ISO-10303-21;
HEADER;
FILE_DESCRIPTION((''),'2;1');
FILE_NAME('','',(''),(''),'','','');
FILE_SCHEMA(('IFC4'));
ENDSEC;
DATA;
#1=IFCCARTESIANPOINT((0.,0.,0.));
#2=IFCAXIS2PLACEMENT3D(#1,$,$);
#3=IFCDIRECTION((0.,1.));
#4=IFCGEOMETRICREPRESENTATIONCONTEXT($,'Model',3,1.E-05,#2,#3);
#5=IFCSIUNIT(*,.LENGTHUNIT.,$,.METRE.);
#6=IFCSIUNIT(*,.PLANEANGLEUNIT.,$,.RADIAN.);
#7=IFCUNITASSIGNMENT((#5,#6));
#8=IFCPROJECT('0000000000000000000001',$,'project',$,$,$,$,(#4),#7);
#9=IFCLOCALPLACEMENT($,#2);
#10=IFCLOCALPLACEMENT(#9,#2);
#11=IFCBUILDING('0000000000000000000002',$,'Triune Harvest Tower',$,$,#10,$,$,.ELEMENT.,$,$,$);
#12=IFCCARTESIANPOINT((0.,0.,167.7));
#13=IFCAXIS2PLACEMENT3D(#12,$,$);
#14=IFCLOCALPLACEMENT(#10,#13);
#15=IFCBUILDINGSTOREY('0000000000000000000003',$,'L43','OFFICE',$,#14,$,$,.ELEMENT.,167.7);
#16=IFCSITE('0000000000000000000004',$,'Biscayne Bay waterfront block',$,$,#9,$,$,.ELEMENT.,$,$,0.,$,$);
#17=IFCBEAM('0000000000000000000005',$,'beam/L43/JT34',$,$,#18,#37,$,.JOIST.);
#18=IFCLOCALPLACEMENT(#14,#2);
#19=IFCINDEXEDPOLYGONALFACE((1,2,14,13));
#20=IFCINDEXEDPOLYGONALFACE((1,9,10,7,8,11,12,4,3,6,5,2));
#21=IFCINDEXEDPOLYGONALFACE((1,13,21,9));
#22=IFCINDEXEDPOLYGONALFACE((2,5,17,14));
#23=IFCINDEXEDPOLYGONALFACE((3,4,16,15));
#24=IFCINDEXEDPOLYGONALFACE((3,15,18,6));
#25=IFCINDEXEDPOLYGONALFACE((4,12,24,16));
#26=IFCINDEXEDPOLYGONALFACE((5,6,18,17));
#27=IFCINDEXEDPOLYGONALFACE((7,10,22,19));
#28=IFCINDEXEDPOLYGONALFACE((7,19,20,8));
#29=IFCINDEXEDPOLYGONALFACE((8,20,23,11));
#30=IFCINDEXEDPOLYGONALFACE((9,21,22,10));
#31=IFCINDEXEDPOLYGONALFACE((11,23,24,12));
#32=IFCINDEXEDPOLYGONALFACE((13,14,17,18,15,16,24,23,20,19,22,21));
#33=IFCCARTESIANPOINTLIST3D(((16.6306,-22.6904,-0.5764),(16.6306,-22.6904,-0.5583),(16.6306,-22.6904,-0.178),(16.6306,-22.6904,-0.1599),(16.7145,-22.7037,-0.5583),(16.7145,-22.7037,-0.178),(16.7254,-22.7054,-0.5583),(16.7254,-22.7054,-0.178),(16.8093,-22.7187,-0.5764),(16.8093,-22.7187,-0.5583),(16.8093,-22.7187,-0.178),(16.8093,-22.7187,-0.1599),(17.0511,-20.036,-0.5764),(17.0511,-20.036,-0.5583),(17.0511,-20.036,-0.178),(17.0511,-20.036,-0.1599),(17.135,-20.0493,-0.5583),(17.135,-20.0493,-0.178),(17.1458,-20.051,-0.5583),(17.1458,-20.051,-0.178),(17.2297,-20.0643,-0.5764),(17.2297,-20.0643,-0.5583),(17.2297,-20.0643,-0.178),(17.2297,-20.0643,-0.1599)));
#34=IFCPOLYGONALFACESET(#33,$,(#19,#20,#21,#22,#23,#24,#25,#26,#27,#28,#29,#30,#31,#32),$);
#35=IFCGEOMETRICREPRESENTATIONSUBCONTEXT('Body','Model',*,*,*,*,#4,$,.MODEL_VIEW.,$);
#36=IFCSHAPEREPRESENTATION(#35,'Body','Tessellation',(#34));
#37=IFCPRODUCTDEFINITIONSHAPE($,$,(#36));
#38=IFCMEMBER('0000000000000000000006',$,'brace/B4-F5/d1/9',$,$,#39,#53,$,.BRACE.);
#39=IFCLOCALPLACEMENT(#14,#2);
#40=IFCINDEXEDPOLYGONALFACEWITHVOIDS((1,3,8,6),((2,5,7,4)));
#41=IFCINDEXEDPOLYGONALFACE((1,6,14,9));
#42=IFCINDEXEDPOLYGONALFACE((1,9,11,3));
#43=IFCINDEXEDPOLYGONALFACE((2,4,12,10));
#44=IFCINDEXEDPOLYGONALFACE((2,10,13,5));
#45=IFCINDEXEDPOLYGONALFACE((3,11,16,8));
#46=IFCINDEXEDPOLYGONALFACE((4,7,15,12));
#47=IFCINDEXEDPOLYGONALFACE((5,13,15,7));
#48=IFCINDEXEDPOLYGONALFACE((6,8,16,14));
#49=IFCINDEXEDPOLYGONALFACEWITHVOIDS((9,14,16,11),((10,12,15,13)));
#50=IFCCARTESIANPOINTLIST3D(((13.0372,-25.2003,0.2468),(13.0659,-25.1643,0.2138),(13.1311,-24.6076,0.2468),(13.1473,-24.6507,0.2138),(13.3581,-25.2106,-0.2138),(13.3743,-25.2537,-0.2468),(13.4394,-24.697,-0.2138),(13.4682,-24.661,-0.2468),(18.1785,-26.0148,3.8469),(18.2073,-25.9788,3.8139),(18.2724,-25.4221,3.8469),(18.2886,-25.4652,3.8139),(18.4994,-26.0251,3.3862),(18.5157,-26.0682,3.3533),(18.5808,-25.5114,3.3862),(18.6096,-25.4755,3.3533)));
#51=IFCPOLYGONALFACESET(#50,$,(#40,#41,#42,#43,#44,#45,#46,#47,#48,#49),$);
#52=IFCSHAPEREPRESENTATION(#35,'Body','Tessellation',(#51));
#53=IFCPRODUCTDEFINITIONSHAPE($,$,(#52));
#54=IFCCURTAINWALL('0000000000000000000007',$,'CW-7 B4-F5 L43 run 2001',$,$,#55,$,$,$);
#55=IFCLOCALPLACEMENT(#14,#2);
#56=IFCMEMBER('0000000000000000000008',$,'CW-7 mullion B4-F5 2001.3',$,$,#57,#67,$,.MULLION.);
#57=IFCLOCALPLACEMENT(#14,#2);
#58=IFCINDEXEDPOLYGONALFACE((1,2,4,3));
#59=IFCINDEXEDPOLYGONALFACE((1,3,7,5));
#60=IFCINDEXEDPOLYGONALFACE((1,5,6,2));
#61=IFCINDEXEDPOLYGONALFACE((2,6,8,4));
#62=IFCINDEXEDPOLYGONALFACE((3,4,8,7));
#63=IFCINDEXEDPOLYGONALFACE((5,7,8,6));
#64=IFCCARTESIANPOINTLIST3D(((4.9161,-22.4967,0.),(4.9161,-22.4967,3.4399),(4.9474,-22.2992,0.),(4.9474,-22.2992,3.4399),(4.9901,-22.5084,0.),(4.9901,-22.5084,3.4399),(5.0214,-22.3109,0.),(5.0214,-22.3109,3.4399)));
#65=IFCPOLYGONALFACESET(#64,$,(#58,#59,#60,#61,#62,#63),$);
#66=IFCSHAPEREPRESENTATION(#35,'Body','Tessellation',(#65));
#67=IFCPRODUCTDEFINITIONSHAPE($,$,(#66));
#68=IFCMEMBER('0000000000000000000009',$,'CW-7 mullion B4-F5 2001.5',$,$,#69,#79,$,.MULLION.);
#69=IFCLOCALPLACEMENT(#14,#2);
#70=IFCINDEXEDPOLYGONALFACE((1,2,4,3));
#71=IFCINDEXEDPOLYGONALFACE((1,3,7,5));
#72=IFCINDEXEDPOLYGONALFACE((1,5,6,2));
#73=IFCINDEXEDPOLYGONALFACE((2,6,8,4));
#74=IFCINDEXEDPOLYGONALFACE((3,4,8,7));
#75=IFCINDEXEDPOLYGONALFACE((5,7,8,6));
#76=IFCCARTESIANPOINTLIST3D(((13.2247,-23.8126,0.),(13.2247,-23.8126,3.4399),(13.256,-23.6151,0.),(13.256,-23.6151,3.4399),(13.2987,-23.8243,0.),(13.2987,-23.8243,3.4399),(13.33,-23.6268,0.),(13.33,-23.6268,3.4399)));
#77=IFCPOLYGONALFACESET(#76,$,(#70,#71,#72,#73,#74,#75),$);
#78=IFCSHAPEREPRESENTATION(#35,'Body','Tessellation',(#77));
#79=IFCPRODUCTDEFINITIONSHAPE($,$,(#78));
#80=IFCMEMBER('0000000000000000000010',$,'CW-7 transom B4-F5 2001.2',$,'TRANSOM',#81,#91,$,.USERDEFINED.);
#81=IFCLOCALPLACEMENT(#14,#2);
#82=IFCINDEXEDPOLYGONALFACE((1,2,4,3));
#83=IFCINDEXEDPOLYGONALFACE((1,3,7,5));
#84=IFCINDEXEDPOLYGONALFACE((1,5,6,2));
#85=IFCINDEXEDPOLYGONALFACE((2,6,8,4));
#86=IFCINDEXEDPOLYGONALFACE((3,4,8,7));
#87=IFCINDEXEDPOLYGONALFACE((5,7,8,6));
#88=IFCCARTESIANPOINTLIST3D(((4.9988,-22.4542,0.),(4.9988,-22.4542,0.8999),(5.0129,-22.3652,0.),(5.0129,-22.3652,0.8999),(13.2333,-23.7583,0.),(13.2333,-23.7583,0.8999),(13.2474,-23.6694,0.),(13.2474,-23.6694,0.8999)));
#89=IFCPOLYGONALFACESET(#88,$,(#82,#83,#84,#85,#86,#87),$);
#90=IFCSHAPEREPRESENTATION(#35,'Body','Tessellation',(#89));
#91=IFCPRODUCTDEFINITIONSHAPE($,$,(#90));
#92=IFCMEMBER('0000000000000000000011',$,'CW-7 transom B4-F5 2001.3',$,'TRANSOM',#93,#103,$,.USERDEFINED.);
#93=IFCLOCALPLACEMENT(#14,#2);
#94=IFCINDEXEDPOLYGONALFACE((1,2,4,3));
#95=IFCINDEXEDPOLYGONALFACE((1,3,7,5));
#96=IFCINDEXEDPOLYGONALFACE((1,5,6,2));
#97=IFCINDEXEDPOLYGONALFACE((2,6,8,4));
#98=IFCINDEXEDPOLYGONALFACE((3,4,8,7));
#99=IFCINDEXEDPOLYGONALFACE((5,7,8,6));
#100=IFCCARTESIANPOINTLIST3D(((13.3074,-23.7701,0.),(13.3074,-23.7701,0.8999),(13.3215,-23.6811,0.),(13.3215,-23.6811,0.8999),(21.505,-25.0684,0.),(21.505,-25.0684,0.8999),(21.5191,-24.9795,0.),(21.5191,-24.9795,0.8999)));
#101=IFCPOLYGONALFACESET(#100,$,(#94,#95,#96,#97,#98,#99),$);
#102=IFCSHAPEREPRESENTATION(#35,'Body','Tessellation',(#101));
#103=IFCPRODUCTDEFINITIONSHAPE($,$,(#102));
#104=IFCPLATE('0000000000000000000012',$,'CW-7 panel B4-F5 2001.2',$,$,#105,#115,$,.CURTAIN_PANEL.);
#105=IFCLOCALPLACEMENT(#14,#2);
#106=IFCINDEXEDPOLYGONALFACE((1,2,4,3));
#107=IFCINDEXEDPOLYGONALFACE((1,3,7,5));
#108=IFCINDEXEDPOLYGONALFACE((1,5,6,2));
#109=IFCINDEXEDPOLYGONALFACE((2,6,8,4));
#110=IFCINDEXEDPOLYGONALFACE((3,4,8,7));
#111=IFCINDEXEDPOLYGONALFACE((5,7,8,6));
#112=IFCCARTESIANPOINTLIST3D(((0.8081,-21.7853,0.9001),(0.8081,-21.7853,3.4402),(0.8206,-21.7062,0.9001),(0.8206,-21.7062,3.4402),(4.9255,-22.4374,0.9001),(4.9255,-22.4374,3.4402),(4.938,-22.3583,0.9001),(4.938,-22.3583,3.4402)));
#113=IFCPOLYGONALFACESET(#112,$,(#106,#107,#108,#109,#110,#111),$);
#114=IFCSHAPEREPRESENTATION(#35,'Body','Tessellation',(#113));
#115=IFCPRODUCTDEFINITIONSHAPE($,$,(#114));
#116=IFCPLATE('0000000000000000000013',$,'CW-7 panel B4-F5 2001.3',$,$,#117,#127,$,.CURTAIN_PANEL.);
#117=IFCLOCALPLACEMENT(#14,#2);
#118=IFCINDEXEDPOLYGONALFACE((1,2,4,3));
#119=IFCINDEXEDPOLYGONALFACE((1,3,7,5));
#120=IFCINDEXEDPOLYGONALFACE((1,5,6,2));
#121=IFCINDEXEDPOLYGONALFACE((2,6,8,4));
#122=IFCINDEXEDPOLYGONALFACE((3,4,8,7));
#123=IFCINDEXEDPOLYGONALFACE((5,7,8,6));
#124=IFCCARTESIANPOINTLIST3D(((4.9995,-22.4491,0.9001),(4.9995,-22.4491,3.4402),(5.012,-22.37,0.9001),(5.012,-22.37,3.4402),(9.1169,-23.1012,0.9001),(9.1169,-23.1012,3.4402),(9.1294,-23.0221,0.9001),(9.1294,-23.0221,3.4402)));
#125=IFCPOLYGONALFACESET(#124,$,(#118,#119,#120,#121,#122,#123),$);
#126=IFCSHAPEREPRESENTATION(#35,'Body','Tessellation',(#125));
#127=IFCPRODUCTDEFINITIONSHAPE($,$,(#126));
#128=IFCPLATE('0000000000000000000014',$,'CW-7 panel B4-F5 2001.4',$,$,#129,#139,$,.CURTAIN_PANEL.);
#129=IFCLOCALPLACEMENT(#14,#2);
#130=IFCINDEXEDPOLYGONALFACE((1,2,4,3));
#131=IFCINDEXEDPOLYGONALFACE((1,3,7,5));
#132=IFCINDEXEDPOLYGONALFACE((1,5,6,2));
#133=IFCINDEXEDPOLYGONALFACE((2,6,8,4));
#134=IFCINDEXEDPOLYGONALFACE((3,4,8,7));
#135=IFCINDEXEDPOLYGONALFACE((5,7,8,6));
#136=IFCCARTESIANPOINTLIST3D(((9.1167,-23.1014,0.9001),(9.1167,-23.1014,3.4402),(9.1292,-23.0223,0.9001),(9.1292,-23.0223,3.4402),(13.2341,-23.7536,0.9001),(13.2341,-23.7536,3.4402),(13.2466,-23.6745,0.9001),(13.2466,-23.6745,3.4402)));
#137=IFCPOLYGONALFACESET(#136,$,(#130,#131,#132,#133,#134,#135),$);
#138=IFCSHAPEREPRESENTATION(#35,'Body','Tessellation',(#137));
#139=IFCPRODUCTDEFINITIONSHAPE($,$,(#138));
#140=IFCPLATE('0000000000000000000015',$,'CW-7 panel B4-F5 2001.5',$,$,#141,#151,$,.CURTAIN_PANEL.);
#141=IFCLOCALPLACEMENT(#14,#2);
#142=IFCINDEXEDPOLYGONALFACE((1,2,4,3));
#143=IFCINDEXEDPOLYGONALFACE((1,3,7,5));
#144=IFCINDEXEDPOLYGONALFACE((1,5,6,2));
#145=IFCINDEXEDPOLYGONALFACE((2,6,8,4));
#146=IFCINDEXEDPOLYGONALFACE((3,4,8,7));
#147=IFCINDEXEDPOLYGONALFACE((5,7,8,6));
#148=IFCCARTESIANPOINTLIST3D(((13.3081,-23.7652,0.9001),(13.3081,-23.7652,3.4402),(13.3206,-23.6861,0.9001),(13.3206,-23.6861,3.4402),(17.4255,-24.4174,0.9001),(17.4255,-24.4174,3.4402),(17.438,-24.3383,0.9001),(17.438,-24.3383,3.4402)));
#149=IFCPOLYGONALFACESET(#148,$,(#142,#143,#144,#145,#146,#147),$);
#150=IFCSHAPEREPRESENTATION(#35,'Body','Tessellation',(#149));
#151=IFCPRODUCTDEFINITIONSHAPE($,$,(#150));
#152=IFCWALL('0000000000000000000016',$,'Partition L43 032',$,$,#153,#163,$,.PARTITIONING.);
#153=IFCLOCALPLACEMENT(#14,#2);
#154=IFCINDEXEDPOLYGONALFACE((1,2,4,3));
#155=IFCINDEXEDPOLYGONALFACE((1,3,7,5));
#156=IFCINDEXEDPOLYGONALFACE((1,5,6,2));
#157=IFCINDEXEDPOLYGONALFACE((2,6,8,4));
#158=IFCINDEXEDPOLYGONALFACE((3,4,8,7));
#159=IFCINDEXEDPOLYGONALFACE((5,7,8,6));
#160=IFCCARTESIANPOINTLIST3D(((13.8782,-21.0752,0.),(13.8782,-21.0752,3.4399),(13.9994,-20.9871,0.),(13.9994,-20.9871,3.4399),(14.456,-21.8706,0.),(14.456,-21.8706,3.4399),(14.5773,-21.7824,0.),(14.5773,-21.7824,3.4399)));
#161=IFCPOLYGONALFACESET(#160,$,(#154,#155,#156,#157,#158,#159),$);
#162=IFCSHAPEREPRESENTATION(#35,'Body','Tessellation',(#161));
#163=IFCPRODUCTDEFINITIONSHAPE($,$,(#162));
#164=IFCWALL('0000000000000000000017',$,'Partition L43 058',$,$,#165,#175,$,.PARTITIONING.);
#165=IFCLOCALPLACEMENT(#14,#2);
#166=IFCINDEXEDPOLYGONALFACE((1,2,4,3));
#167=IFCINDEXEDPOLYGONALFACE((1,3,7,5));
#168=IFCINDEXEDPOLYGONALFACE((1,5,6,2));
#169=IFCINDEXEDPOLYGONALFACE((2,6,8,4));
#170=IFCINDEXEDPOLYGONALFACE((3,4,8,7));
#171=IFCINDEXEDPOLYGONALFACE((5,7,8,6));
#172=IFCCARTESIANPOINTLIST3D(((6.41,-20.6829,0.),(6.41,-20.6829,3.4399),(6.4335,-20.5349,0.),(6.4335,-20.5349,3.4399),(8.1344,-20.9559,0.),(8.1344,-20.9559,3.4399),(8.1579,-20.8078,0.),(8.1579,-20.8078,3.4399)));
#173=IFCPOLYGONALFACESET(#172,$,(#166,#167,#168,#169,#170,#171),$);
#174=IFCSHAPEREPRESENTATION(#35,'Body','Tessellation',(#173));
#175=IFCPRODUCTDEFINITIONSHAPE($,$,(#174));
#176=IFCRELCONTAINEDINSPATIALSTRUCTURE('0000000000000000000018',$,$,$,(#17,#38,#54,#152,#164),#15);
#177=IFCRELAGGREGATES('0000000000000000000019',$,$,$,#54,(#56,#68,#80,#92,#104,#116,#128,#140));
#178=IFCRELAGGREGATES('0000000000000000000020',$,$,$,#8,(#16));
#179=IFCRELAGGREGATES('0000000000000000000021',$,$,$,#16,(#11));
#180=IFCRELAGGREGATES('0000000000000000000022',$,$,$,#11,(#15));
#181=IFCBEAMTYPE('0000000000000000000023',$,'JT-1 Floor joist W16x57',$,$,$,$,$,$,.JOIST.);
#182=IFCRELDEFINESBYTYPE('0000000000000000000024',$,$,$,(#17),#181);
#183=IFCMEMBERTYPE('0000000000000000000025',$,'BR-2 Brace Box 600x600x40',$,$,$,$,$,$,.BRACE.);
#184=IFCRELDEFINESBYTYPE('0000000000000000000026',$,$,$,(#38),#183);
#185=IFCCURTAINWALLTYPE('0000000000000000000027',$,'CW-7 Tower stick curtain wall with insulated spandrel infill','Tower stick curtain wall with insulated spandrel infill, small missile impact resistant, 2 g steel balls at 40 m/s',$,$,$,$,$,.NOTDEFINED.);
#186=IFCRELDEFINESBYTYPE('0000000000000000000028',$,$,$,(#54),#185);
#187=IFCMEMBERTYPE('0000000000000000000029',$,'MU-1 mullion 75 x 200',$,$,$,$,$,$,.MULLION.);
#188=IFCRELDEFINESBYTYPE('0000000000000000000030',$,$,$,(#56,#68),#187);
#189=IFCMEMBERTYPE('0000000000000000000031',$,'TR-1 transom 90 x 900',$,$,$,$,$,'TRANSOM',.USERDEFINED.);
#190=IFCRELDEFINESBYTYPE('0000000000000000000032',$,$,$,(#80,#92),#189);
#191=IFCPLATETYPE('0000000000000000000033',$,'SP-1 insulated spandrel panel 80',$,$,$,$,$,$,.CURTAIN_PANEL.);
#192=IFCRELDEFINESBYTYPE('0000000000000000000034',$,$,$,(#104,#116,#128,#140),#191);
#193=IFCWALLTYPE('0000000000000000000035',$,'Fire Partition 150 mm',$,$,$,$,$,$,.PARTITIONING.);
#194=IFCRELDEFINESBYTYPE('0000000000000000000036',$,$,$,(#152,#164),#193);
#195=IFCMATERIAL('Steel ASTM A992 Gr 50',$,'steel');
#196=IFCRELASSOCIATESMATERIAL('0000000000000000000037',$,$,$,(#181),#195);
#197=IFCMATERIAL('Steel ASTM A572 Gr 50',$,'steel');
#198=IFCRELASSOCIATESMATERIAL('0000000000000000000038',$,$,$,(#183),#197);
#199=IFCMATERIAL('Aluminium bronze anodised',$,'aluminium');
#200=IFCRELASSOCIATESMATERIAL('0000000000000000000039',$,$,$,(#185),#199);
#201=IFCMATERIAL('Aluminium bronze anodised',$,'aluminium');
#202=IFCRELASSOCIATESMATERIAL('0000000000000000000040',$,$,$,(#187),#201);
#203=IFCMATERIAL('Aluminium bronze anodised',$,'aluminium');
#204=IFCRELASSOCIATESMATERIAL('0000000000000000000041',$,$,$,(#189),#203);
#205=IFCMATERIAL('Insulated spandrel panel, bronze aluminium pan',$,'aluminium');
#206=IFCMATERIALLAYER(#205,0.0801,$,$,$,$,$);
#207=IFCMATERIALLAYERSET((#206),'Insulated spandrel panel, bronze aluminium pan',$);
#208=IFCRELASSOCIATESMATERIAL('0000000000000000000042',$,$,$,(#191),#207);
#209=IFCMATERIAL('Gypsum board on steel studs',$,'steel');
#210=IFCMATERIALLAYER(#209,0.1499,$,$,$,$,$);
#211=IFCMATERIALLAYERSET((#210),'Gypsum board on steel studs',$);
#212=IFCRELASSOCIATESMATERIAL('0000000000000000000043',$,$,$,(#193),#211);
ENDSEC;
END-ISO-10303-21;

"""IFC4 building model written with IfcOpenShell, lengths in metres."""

from ifc_helpers import new_model, si_unit, direction, frame, frame_2d, origin, origin_2d, place, context, subcontext, project, spatial, rectangle, hollow_rectangle, i_section, extrude, source, transform, mapped, material, layer, layer_set, material_profile, profile_set, type_object, element, aggregate, save


model = new_model("IFC4")

# Units and contexts
model_context = context("Model", 3, precision=1e-05, world=origin(), true_north=direction((0.0, 1.0)))
body_context = subcontext(model_context, "Body", "Model", "MODEL_VIEW")
ifc_project = project(units=[si_unit("LENGTHUNIT", "METRE"), si_unit("PLANEANGLEUNIT", "RADIAN")], contexts=[model_context])

# Site, building, storey
site_placement = place(None, origin())
site = spatial("IfcSite", under=ifc_project, at=site_placement, Name="Biscayne Bay waterfront block", CompositionType="ELEMENT", RefElevation=0.0)
building_placement = place(site_placement, origin())
building = spatial("IfcBuilding", under=site, at=building_placement, Name="Triune Harvest Tower", CompositionType="ELEMENT")
storey_placement = place(building_placement, frame((0.0, 0.0, 167.7)))
storey = spatial("IfcBuildingStorey", under=building, at=storey_placement, Name="L43", Description="OFFICE", CompositionType="ELEMENT", Elevation=167.7)

# Beam
ifc_material_1 = material(Name="Steel ASTM A992 Gr 50", Category="steel")
ifc_material_profile_1 = material_profile(ifc_material_1, i_section(OverallWidth=0.1809, OverallDepth=0.4165, WebThickness=0.011, FlangeThickness=0.0181, at=origin_2d()), Name="W16x57")
ifc_profile_set_1 = profile_set([ifc_material_profile_1], Name="Steel ASTM A992 Gr 50")
beam_type_1 = type_object("IfcBeamType", Name="JT-1 Floor joist W16x57", PredefinedType="JOIST", material=ifc_profile_set_1)
shared_shape_1 = source(origin(), body_context, "Body", "SweptSolid", [
    extrude(i_section(OverallWidth=0.1809, OverallDepth=0.4165, WebThickness=0.011, FlangeThickness=0.0181, at=origin_2d()), origin(), (0.0, 0.0, 1.0), 2.6875),
])
beam_1_placement = place(storey_placement, frame((16.72, -22.7046, -0.3682), z_axis=(0.156438, 0.987688, 0.0), x_axis=(-0.987688, 0.156438, 0.0)))
element("IfcBeam", 1, at=beam_1_placement, inside=storey, type_object=beam_type_1, Name="beam/L43/JT34", PredefinedType="JOIST", context=body_context, shape_type="MappedRepresentation", body=[
    mapped(shared_shape_1, transform((0.0, 0.0, 0.0), scale=1.0)),
])

# Member
ifc_material_2 = material(Name="Steel ASTM A572 Gr 50", Category="steel")
ifc_material_profile_2 = material_profile(ifc_material_2, hollow_rectangle(XDim=0.6001, YDim=0.6001, WallThickness=0.04, at=origin_2d()), Name="Box 600x600x40")
ifc_profile_set_2 = profile_set([ifc_material_profile_2], Name="Steel ASTM A572 Gr 50")
member_type_1 = type_object("IfcMemberType", Name="BR-2 Brace Box 600x600x40", PredefinedType="BRACE", material=ifc_profile_set_2)
shared_shape_2 = source(origin(), body_context, "Body", "SweptSolid", [
    extrude(hollow_rectangle(XDim=0.6001, YDim=0.6001, WallThickness=0.04, at=origin_2d()), origin(), (0.0, 0.0, 1.0), 6.3291),
])
member_1_placement = place(storey_placement, frame((13.2527, -24.9307, 0.0), z_axis=(0.812335, -0.128684, 0.568816), x_axis=(0.156461, 0.987684, 0.0)))
element("IfcMember", 2, at=member_1_placement, inside=storey, type_object=member_type_1, Name="brace/B4-F5/d1/9", PredefinedType="BRACE", context=body_context, shape_type="MappedRepresentation", body=[
    mapped(shared_shape_2, transform((0.0, 0.0, 0.0), scale=1.0)),
])

# Curtain wall, members, plates
ifc_material_3 = material(Name="Aluminium bronze anodised", Category="aluminium")
curtain_wall_type = type_object("IfcCurtainWallType", Name="CW-7 Tower stick curtain wall with insulated spandrel infill", Description="Tower stick curtain wall with insulated spandrel infill, small missile impact resistant, 2 g steel balls at 40 m/s", PredefinedType="NOTDEFINED", material=ifc_material_3)
curtain_wall_placement = place(storey_placement, origin())
curtain_wall = element("IfcCurtainWall", 3, at=curtain_wall_placement, inside=storey, type_object=curtain_wall_type, Name="CW-7 B4-F5 L43 run 2001")
ifc_material_4 = material(Name="Aluminium bronze anodised", Category="aluminium")
ifc_material_profile_3 = material_profile(ifc_material_4, rectangle(XDim=0.2, YDim=0.075, at=origin_2d()), Name="MU-1 mullion 75 x 200")
ifc_profile_set_3 = profile_set([ifc_material_profile_3], Name="Aluminium bronze anodised")
member_type_2 = type_object("IfcMemberType", Name="MU-1 mullion 75 x 200", PredefinedType="MULLION", material=ifc_profile_set_3)
shared_shape_3 = source(origin(), body_context, "Body", "SweptSolid", [
    extrude(rectangle(XDim=0.2, YDim=0.075, at=origin_2d()), origin(), (0.0, 0.0, 1.0), 3.4399),
])
member_2_placement = place(storey_placement, frame((4.9688, -22.4038, 0.0), z_axis=(0.0, 0.0, 1.0), x_axis=(0.156435, 0.987688, 0.0)))
member_2 = element("IfcMember", 4, at=member_2_placement, type_object=member_type_2, Name="CW-7 mullion B4-F5 2001.3", PredefinedType="MULLION", context=body_context, shape_type="MappedRepresentation", body=[
    mapped(shared_shape_3, transform((0.0, 0.0, 0.0), scale=1.0)),
])
member_3_placement = place(storey_placement, frame((13.2773, -23.7197, 0.0), z_axis=(0.0, 0.0, 1.0), x_axis=(0.156435, 0.987688, 0.0)))
member_3 = element("IfcMember", 5, at=member_3_placement, type_object=member_type_2, Name="CW-7 mullion B4-F5 2001.5", PredefinedType="MULLION", context=body_context, shape_type="MappedRepresentation", body=[
    mapped(shared_shape_3, transform((0.0, 0.0, 0.0), scale=1.0)),
])
ifc_material_5 = material(Name="Aluminium bronze anodised", Category="aluminium")
ifc_material_profile_4 = material_profile(ifc_material_5, rectangle(XDim=0.0901, YDim=0.8999, at=origin_2d()), Name="TR-1 transom 90 x 900")
ifc_profile_set_4 = profile_set([ifc_material_profile_4], Name="Aluminium bronze anodised")
member_type_3 = type_object("IfcMemberType", Name="TR-1 transom 90 x 900", ElementType="TRANSOM", PredefinedType="USERDEFINED", material=ifc_profile_set_4)
shared_shape_4 = source(origin(), body_context, "Body", "SweptSolid", [
    extrude(rectangle(XDim=0.0901, YDim=0.8999, at=origin_2d()), origin(), (0.0, 0.0, 1.0), 8.3372),
])
member_4_placement = place(storey_placement, frame((5.0059, -22.4097, 0.45), z_axis=(0.987689, -0.15643, 0.0), x_axis=(0.15643, 0.987689, 0.0)))
member_4 = element("IfcMember", 6, at=member_4_placement, type_object=member_type_3, Name="CW-7 transom B4-F5 2001.2", ObjectType="TRANSOM", PredefinedType="USERDEFINED", context=body_context, shape_type="MappedRepresentation", body=[
    mapped(shared_shape_4, transform((0.0, 0.0, 0.0), scale=1.0)),
])
shared_shape_5 = source(origin(), body_context, "Body", "SweptSolid", [
    extrude(rectangle(XDim=0.0901, YDim=0.8999, at=origin_2d()), origin(), (0.0, 0.0, 1.0), 8.2998),
])
member_5_placement = place(storey_placement, frame((13.3145, -23.7256, 0.45), z_axis=(0.987689, -0.156432, 0.0), x_axis=(0.156432, 0.987689, 0.0)))
member_5 = element("IfcMember", 7, at=member_5_placement, type_object=member_type_3, Name="CW-7 transom B4-F5 2001.3", ObjectType="TRANSOM", PredefinedType="USERDEFINED", context=body_context, shape_type="MappedRepresentation", body=[
    mapped(shared_shape_5, transform((0.0, 0.0, 0.0), scale=1.0)),
])
ifc_material_6 = material(Name="Insulated spandrel panel, bronze aluminium pan", Category="aluminium")
ifc_layer_1 = layer(ifc_material_6, 0.0801)
ifc_layer_set_1 = layer_set([ifc_layer_1], Name="Insulated spandrel panel, bronze aluminium pan")
plate_type = type_object("IfcPlateType", Name="SP-1 insulated spandrel panel 80", PredefinedType="CURTAIN_PANEL", material=ifc_layer_set_1)
shared_shape_6 = source(origin(), body_context, "Body", "SweptSolid", [
    extrude(rectangle(XDim=4.1687, YDim=0.0801, at=origin_2d()), origin(), (0.0, 0.0, 1.0), 2.54),
])
plate_1_placement = place(storey_placement, frame((2.873, -22.0718, 0.9001), z_axis=(0.0, 0.0, 1.0), x_axis=(0.987688, -0.156435, 0.0)))
plate_1 = element("IfcPlate", 8, at=plate_1_placement, type_object=plate_type, Name="CW-7 panel B4-F5 2001.2", PredefinedType="CURTAIN_PANEL", context=body_context, shape_type="MappedRepresentation", body=[
    mapped(shared_shape_6, transform((0.0, 0.0, 0.0), scale=1.0)),
])
plate_2_placement = place(storey_placement, frame((7.0645, -22.7356, 0.9001), z_axis=(0.0, 0.0, 1.0), x_axis=(0.987688, -0.156435, 0.0)))
plate_2 = element("IfcPlate", 9, at=plate_2_placement, type_object=plate_type, Name="CW-7 panel B4-F5 2001.3", PredefinedType="CURTAIN_PANEL", context=body_context, shape_type="MappedRepresentation", body=[
    mapped(shared_shape_6, transform((0.0, 0.0, 0.0), scale=1.0)),
])
plate_3_placement = place(storey_placement, frame((11.1816, -23.3879, 0.9001), z_axis=(0.0, 0.0, 1.0), x_axis=(0.987688, -0.156435, 0.0)))
plate_3 = element("IfcPlate", 10, at=plate_3_placement, type_object=plate_type, Name="CW-7 panel B4-F5 2001.4", PredefinedType="CURTAIN_PANEL", context=body_context, shape_type="MappedRepresentation", body=[
    mapped(shared_shape_6, transform((0.0, 0.0, 0.0), scale=1.0)),
])
plate_4_placement = place(storey_placement, frame((15.373, -24.0518, 0.9001), z_axis=(0.0, 0.0, 1.0), x_axis=(0.987688, -0.156435, 0.0)))
plate_4 = element("IfcPlate", 11, at=plate_4_placement, type_object=plate_type, Name="CW-7 panel B4-F5 2001.5", PredefinedType="CURTAIN_PANEL", context=body_context, shape_type="MappedRepresentation", body=[
    mapped(shared_shape_6, transform((0.0, 0.0, 0.0), scale=1.0)),
])
aggregate(curtain_wall, [member_2, member_3, member_4, member_5, plate_1, plate_2, plate_3, plate_4])

# Walls
ifc_material_7 = material(Name="Gypsum board on steel studs", Category="steel")
ifc_layer_2 = layer(ifc_material_7, 0.1499)
ifc_layer_set_2 = layer_set([ifc_layer_2], Name="Gypsum board on steel studs")
wall_type_1 = type_object("IfcWallType", Name="Fire Partition 150 mm", PredefinedType="PARTITIONING", material=ifc_layer_set_2)
wall_1_placement = place(storey_placement, frame((13.9387, -21.031, 0.0), z_axis=(0.0, 0.0, 1.0), x_axis=(0.587773, -0.809026, 0.0)))
element("IfcWall", 12, at=wall_1_placement, inside=storey, type_object=wall_type_1, Name="Partition L43 032", PredefinedType="PARTITIONING", context=body_context, shape_type="SweptSolid", body=[
    extrude(rectangle(XDim=0.9832, YDim=0.1499, at=frame_2d((0.4917, 0.0))), origin(), (0.0, 0.0, 1.0), 3.4399),
])
wall_2_placement = place(storey_placement, frame((6.4216, -20.6089, 0.0), z_axis=(0.0, 0.0, 1.0), x_axis=(0.987703, -0.156343, 0.0)))
element("IfcWall", 13, at=wall_2_placement, inside=storey, type_object=wall_type_1, Name="Partition L43 058", PredefinedType="PARTITIONING", context=body_context, shape_type="SweptSolid", body=[
    extrude(rectangle(XDim=1.7458, YDim=0.1499, at=frame_2d((0.873, 0.0))), origin(), (0.0, 0.0, 1.0), 3.4399),
])

save(model, "model.ifc")
